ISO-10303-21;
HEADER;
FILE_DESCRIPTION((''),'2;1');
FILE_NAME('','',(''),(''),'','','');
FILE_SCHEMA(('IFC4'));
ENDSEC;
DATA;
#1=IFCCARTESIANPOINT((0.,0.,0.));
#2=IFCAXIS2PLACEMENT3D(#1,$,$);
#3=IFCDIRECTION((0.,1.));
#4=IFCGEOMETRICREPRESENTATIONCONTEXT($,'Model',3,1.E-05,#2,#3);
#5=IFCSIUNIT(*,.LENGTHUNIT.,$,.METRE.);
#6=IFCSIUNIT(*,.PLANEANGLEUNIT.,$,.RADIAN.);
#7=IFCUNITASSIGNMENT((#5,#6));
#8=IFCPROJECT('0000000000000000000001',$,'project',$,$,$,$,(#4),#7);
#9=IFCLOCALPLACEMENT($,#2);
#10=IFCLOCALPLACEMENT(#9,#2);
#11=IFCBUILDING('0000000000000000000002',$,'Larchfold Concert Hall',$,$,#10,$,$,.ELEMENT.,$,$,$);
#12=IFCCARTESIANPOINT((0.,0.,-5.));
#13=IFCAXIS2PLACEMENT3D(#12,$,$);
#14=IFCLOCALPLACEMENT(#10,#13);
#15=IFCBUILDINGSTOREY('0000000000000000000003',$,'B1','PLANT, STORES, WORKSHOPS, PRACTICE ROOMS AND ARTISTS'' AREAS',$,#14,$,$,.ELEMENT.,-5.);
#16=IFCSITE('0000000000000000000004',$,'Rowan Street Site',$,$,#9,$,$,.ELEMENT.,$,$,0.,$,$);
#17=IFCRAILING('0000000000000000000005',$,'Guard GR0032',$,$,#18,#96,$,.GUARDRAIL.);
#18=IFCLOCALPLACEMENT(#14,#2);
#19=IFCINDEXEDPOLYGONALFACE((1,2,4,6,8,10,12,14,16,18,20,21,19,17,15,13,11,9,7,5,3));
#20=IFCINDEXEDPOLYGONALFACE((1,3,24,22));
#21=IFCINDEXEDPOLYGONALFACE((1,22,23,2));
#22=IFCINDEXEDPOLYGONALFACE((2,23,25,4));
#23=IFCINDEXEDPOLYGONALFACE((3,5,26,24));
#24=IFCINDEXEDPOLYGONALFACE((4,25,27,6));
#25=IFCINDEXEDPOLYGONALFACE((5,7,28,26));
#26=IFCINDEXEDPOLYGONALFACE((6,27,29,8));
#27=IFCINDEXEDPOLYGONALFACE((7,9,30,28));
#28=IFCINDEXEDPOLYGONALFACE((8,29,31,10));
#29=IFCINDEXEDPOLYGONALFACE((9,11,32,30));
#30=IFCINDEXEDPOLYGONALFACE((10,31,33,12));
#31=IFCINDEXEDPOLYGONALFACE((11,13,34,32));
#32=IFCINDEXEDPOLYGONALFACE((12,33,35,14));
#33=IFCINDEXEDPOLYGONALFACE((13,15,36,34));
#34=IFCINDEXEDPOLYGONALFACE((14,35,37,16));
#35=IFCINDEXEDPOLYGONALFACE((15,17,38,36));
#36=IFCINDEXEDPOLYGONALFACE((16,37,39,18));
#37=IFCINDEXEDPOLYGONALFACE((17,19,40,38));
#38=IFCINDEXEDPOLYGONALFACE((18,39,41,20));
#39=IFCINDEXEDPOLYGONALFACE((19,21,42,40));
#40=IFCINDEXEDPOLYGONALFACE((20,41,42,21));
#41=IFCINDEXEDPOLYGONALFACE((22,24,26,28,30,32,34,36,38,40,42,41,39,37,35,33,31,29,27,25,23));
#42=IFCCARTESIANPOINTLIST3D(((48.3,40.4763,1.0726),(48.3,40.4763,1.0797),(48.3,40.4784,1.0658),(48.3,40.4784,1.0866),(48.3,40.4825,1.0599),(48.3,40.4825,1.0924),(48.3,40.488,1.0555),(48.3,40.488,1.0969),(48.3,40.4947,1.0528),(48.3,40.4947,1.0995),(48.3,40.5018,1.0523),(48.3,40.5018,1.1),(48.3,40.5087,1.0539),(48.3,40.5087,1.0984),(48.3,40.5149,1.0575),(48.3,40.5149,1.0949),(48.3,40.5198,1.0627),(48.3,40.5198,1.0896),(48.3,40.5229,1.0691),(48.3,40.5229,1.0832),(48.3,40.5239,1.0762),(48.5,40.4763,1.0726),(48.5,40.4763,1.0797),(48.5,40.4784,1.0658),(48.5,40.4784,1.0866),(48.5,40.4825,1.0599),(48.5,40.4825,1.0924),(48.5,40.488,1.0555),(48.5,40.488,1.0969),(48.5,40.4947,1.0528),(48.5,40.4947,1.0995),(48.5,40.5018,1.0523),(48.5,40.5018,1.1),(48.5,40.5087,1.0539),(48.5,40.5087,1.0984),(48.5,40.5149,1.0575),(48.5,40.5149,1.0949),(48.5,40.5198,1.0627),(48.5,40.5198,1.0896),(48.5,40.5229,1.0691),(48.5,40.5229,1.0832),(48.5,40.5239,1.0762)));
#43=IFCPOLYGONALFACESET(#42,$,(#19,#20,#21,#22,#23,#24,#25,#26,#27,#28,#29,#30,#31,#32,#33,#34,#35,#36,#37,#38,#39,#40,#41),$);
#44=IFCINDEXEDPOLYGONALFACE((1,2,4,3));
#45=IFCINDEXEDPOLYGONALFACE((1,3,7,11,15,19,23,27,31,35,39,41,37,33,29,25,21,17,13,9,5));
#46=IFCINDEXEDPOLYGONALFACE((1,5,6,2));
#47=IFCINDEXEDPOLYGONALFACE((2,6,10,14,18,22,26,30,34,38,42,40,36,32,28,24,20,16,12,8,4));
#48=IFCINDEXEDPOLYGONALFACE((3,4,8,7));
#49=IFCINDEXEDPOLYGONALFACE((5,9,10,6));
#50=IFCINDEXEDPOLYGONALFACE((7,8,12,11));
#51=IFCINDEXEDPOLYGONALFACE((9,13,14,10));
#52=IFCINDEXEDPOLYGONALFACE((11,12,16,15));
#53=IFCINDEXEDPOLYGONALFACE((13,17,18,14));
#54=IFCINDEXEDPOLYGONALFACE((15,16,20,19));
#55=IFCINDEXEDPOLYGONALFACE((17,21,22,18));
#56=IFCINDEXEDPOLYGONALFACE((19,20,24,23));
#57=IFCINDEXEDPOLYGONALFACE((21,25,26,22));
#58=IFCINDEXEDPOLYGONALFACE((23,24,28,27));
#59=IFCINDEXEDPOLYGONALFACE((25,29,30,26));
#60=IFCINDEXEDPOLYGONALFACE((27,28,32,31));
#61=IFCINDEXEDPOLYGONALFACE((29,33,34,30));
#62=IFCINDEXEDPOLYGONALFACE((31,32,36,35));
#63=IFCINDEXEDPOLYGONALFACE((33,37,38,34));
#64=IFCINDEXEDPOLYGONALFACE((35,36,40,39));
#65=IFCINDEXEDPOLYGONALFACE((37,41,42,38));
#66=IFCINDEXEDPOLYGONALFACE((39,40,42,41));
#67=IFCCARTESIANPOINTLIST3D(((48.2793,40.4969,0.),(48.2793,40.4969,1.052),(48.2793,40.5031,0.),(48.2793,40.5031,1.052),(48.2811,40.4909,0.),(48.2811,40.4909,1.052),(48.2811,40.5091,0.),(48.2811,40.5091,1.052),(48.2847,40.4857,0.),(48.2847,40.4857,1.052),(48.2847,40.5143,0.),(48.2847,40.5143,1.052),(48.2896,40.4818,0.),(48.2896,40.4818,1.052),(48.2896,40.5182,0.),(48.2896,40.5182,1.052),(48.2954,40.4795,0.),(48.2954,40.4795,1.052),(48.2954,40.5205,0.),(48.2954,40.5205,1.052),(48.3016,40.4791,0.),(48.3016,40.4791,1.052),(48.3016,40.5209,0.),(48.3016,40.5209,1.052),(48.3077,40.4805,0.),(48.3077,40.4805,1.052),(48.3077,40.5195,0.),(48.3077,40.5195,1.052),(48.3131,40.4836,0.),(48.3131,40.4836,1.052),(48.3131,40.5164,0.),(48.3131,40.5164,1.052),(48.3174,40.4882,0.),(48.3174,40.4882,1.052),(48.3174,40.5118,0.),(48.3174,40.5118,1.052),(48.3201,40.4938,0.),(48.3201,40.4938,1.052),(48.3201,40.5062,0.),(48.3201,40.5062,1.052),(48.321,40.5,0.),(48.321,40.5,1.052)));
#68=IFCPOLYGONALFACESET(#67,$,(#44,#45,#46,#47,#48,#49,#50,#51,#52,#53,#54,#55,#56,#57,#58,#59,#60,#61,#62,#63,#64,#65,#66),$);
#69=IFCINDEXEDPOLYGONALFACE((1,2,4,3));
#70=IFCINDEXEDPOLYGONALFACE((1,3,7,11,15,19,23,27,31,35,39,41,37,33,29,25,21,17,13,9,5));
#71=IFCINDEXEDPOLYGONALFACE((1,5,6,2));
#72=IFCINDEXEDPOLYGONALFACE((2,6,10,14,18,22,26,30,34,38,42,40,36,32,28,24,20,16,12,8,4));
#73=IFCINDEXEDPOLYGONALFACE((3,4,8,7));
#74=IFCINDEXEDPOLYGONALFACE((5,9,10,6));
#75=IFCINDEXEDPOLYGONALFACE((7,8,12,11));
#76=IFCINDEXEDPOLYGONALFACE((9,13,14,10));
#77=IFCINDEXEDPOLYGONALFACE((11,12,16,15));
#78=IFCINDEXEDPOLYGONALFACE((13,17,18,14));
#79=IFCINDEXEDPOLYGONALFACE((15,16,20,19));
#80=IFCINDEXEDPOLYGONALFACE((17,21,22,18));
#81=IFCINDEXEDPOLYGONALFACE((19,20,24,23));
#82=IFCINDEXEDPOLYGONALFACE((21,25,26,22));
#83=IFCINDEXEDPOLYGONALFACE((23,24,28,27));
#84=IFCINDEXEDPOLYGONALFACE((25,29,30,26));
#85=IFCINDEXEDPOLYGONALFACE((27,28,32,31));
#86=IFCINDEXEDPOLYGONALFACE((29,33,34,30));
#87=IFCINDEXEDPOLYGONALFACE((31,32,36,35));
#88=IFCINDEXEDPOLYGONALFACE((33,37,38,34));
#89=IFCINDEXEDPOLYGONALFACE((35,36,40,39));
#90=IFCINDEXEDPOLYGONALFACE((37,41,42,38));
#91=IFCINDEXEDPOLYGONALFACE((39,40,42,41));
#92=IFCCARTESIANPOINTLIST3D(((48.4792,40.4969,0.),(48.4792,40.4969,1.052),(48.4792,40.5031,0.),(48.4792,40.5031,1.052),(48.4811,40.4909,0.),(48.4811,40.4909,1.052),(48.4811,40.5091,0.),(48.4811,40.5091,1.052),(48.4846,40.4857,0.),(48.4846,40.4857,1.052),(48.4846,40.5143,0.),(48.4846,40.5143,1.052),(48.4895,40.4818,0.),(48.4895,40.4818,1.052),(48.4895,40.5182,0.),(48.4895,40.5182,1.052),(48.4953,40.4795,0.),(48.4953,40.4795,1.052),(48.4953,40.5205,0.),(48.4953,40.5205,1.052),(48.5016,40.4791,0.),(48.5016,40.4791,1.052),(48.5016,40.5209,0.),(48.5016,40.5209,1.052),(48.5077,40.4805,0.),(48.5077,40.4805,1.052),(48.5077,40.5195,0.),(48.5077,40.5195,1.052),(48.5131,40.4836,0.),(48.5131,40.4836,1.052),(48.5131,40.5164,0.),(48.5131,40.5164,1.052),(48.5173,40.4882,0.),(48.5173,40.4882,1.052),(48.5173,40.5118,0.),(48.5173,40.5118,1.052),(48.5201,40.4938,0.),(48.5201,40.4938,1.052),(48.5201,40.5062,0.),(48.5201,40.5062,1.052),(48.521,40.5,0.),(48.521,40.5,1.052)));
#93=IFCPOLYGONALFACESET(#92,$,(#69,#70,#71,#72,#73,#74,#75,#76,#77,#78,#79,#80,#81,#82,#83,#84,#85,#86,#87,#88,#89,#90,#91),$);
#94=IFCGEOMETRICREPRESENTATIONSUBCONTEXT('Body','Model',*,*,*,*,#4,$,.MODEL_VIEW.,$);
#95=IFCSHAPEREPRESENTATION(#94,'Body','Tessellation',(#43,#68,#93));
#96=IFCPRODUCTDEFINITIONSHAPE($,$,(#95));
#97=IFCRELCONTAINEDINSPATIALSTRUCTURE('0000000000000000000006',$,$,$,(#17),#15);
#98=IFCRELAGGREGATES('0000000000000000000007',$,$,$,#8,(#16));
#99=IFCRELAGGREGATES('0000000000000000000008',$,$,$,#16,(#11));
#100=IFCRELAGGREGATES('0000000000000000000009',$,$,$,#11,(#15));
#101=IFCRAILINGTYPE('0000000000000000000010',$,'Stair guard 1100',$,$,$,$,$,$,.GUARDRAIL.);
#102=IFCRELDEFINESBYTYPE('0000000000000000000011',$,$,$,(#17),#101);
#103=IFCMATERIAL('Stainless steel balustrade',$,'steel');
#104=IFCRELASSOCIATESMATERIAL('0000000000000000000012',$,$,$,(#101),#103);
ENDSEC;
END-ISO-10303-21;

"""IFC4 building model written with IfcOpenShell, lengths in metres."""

from ifc_helpers import new_model, si_unit, direction, frame, origin, origin_2d, place, context, subcontext, project, spatial, circle, extrude, material, type_object, element, save


model = new_model("IFC4")

# Units and contexts
model_context = context("Model", 3, precision=1e-05, world=origin(), true_north=direction((0.0, 1.0)))
body_context = subcontext(model_context, "Body", "Model", "MODEL_VIEW")
ifc_project = project(units=[si_unit("LENGTHUNIT", "METRE"), si_unit("PLANEANGLEUNIT", "RADIAN")], contexts=[model_context])

# Site, building, storey
site_placement = place(None, origin())
site = spatial("IfcSite", under=ifc_project, at=site_placement, Name="Rowan Street Site", CompositionType="ELEMENT", RefElevation=0.0)
building_placement = place(site_placement, origin())
building = spatial("IfcBuilding", under=site, at=building_placement, Name="Larchfold Concert Hall", CompositionType="ELEMENT")
storey_placement = place(building_placement, frame((0.0, 0.0, -5.0)))
storey = spatial("IfcBuildingStorey", under=building, at=storey_placement, Name="B1", Description="PLANT, STORES, WORKSHOPS, PRACTICE ROOMS AND ARTISTS' AREAS", CompositionType="ELEMENT", Elevation=-5.0)

# Railing
ifc_material_1 = material(Name="Stainless steel balustrade", Category="steel")
railing_type_1 = type_object("IfcRailingType", Name="Stair guard 1100", PredefinedType="GUARDRAIL", material=ifc_material_1)
railing_1_placement = place(storey_placement, frame((48.3, 40.5, 0.0)))
element("IfcRailing", 1, at=railing_1_placement, inside=storey, type_object=railing_type_1, Name="Guard GR0032", PredefinedType="GUARDRAIL", context=body_context, shape_type="SweptSolid", body=[
    extrude(circle(Radius=0.0239, at=origin_2d()), frame((0.0, 0.0, 1.0762), z_axis=(1.0, 0.0, 0.0), x_axis=(0.0, 1.0, 0.0)), (0.0, 0.0, 1.0), 0.2),
    extrude(circle(Radius=0.021, at=origin_2d()), origin(), (0.0, 0.0, 1.0), 1.052),
    extrude(circle(Radius=0.021, at=origin_2d()), frame((0.2, 0.0, 0.0)), (0.0, 0.0, 1.0), 1.052),
])

save(model, "model.ifc")
